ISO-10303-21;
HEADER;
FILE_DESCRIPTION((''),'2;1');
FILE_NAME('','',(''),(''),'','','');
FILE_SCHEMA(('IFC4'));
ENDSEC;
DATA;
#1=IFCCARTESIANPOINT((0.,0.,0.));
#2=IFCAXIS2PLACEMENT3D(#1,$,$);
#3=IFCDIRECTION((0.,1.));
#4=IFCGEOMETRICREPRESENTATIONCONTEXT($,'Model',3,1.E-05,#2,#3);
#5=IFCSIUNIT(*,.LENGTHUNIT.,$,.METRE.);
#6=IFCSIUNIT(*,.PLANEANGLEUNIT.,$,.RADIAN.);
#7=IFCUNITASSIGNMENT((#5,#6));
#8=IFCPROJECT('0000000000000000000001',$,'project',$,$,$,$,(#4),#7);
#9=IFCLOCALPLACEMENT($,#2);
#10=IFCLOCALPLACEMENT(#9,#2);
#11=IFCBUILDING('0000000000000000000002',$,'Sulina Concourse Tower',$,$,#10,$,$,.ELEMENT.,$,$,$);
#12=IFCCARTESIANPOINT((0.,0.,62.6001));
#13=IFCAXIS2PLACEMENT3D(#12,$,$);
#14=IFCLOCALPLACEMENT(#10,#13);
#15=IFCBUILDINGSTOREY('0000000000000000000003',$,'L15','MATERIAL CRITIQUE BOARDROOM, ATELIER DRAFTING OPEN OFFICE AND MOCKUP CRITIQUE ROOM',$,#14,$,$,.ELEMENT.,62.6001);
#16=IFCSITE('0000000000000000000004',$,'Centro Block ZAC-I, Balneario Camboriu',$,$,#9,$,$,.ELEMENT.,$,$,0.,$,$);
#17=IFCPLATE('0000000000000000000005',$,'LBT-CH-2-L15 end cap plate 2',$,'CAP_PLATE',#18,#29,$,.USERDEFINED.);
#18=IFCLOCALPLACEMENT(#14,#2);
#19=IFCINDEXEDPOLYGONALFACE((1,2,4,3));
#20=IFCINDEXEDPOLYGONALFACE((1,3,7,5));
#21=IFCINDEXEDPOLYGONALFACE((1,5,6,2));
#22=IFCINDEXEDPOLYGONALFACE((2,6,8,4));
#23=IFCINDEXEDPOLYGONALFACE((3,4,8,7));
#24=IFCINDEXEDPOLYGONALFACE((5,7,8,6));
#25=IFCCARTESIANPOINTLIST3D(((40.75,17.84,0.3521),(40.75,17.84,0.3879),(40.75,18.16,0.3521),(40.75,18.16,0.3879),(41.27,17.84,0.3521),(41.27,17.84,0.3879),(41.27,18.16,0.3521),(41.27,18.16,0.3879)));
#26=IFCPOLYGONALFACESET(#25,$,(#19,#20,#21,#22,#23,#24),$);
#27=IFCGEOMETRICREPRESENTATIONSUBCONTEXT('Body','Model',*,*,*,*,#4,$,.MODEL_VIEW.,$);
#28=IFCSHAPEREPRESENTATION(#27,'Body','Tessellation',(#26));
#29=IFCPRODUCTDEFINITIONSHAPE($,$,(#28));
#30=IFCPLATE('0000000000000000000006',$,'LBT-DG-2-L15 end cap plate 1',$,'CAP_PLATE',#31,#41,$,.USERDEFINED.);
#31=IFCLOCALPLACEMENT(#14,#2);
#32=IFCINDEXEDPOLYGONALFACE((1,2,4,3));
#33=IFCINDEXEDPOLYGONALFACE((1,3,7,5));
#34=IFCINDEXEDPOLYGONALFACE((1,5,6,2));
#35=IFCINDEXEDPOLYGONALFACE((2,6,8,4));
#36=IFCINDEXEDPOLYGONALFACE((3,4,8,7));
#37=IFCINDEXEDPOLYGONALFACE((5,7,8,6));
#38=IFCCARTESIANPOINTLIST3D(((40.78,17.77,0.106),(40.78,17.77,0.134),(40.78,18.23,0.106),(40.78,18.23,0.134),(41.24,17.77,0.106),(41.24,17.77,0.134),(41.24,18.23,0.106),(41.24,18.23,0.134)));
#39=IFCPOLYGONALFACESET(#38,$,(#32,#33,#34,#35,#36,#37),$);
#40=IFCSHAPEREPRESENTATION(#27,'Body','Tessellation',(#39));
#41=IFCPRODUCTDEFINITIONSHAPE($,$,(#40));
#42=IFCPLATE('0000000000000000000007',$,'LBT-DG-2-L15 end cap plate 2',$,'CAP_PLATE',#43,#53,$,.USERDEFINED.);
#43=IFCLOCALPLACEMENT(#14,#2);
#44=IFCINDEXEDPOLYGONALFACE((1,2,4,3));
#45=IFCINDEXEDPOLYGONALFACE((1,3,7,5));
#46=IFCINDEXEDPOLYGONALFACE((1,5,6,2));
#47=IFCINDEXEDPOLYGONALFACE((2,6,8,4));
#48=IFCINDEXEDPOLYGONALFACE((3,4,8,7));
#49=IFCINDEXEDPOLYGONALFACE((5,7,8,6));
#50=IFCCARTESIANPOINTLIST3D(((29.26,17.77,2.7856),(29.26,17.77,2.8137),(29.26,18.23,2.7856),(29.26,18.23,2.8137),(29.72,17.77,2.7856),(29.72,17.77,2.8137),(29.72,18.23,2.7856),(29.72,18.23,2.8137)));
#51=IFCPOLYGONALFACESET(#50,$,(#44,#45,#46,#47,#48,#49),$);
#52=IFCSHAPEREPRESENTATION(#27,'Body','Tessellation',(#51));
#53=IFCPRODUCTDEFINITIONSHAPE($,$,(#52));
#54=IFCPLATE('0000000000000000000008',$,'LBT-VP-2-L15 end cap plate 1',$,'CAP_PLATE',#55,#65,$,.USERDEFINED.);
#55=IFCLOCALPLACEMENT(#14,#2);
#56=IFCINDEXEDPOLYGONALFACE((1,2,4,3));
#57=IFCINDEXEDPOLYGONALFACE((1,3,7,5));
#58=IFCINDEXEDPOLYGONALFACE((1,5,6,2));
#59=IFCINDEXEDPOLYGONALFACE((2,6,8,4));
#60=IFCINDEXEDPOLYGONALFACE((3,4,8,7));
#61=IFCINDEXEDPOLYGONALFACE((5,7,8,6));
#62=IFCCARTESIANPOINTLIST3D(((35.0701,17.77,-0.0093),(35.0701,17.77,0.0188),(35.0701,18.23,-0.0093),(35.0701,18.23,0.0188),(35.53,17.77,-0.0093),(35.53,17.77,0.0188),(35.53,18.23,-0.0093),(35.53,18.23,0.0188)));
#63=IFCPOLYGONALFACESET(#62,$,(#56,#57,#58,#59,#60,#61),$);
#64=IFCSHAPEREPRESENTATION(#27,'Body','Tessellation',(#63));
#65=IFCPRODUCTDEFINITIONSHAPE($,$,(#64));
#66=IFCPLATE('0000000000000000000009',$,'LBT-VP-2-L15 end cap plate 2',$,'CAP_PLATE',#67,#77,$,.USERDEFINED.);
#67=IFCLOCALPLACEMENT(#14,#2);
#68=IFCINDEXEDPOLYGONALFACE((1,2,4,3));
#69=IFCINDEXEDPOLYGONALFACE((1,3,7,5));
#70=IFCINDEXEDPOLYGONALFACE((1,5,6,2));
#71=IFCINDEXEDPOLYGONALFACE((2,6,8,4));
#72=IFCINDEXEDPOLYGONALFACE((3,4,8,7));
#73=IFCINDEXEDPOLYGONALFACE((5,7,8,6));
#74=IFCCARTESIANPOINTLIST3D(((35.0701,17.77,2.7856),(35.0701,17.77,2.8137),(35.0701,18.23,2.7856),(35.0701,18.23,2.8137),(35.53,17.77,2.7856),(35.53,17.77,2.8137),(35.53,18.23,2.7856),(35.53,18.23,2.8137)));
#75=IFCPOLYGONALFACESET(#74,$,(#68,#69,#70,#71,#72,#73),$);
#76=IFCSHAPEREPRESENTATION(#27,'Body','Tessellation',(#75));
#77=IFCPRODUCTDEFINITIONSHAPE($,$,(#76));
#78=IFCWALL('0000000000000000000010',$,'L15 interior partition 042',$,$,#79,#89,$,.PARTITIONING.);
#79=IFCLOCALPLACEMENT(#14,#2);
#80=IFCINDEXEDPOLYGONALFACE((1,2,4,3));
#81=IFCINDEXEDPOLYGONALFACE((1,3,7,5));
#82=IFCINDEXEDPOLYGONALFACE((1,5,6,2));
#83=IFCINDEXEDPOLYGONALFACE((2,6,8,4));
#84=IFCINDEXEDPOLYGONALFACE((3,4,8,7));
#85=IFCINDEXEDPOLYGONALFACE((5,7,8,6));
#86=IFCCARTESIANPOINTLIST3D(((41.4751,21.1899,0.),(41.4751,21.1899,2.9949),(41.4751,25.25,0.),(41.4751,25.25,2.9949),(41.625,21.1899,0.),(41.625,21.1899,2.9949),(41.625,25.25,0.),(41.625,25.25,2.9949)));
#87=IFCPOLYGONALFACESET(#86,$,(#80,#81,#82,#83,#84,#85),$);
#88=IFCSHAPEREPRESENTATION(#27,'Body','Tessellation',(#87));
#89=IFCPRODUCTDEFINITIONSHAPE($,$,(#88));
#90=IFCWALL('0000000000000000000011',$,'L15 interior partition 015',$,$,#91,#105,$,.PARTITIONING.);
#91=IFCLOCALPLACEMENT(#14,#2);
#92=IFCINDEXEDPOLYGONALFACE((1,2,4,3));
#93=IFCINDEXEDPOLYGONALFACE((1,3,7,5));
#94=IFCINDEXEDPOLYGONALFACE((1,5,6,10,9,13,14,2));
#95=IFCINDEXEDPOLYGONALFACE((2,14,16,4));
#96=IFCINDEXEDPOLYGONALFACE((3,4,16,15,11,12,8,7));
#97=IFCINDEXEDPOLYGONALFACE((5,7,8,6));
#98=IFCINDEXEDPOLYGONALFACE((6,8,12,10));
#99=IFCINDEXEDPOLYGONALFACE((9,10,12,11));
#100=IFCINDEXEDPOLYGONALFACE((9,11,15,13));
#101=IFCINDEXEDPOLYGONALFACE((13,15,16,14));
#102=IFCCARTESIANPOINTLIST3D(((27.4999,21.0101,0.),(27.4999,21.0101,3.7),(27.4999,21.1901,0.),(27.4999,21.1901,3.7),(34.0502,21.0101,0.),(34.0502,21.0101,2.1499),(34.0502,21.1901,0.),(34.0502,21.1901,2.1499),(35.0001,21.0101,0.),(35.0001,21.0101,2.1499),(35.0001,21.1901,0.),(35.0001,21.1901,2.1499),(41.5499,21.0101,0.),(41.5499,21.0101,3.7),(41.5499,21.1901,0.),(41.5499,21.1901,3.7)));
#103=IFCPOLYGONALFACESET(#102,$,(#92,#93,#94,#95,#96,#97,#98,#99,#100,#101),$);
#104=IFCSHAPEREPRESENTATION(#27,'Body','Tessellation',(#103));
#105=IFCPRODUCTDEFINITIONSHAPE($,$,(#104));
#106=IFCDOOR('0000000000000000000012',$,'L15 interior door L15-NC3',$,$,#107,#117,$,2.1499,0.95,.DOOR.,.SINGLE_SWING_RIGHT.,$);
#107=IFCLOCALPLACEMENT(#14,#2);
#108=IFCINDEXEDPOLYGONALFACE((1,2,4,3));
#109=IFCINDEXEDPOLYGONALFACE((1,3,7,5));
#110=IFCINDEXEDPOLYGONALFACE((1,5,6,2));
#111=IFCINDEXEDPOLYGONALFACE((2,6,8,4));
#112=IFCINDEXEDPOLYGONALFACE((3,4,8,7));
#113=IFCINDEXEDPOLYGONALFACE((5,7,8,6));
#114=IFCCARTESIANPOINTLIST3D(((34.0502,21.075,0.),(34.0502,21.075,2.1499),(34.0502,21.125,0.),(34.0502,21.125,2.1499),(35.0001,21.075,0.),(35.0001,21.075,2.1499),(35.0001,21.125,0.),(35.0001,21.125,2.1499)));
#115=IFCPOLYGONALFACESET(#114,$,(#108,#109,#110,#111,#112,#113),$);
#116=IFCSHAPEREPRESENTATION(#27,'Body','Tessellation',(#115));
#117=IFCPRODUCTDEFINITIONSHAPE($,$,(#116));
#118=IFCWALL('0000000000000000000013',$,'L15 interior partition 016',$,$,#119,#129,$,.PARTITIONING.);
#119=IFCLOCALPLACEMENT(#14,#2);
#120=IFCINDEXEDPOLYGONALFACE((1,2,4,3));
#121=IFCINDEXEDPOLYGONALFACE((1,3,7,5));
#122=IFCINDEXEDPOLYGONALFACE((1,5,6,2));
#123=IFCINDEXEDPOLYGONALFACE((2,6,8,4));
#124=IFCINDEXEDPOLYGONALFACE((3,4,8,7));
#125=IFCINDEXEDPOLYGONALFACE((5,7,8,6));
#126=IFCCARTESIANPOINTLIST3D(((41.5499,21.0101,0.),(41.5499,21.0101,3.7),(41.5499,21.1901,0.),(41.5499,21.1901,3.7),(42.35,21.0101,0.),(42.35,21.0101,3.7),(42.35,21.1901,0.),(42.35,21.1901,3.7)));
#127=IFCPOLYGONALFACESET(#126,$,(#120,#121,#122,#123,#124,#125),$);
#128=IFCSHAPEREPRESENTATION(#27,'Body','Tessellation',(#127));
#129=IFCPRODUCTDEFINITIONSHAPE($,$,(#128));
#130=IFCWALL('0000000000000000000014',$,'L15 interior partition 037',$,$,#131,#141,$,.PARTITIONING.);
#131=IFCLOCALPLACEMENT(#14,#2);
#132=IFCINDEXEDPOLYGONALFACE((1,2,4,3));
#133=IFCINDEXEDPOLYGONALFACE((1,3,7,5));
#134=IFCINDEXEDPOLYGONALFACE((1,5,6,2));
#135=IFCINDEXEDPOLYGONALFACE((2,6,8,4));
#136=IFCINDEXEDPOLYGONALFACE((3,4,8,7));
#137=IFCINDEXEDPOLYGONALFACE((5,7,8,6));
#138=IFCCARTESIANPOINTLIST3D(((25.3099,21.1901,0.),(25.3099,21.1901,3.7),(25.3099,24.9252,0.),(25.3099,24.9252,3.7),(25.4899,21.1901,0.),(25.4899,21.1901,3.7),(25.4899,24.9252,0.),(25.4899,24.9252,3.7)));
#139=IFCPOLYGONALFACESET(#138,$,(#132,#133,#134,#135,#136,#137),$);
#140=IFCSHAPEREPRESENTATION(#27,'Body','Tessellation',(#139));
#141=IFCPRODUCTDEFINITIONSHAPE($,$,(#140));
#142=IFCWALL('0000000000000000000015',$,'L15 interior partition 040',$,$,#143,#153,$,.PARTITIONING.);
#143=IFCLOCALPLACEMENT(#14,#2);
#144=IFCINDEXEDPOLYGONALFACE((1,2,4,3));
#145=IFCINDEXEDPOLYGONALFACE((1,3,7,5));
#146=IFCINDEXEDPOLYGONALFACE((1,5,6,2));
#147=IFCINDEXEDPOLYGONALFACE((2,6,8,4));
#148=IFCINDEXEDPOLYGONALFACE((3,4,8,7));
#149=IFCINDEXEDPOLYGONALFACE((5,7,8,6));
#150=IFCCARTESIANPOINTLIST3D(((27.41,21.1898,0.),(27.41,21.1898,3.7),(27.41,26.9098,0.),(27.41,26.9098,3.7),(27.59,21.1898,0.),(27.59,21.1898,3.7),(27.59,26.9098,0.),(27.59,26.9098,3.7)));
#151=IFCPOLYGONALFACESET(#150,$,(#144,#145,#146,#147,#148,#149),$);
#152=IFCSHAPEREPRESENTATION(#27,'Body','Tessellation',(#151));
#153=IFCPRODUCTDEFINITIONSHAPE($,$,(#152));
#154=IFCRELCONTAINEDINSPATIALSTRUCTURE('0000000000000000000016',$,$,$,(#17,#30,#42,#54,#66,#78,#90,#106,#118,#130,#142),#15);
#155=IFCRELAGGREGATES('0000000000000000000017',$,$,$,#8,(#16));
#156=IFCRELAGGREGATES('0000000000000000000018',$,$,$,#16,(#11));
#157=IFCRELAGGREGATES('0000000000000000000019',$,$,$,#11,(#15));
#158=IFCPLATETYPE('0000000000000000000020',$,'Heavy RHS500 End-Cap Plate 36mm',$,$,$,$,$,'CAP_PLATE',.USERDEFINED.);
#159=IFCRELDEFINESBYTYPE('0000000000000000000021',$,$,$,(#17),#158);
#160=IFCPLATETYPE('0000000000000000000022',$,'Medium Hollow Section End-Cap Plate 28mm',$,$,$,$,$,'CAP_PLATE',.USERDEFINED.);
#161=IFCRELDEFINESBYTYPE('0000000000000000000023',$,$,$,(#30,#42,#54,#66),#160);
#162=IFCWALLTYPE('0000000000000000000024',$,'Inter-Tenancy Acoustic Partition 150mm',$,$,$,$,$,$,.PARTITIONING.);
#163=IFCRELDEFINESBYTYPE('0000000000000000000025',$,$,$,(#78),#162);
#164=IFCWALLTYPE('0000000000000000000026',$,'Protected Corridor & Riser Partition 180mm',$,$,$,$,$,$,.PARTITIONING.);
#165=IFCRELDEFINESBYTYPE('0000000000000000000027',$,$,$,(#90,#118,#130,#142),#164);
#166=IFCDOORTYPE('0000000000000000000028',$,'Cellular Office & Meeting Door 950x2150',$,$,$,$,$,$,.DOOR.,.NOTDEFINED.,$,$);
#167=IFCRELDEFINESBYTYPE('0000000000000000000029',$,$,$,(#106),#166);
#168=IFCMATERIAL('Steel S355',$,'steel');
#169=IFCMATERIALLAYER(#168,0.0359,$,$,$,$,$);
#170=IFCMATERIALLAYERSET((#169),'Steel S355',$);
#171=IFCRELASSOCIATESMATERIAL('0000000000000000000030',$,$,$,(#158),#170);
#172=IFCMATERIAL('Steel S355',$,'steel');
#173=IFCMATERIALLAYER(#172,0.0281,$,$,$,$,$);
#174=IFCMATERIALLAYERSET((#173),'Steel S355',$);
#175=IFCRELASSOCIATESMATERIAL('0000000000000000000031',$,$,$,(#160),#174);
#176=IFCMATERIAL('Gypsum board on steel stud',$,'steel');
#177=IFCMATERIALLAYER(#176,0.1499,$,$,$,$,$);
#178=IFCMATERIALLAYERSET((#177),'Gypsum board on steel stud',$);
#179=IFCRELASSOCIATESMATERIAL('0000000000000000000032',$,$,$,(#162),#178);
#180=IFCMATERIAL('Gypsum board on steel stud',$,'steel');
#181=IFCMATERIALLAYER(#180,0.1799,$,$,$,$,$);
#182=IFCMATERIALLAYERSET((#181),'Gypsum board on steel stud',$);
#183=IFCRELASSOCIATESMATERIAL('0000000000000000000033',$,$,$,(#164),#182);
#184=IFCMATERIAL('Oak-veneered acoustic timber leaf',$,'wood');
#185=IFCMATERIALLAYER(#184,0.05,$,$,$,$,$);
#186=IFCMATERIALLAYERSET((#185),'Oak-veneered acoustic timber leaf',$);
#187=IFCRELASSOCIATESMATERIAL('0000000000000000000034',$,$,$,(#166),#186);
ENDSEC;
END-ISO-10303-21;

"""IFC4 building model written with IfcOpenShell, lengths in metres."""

from ifc_helpers import new_model, si_unit, direction, frame, frame_2d, origin, origin_2d, place, context, subcontext, project, spatial, rectangle, extrude, material, layer, layer_set, type_object, element, fill, save


model = new_model("IFC4")

# Units and contexts
model_context = context("Model", 3, precision=1e-05, world=origin(), true_north=direction((0.0, 1.0)))
body_context = subcontext(model_context, "Body", "Model", "MODEL_VIEW")
ifc_project = project(units=[si_unit("LENGTHUNIT", "METRE"), si_unit("PLANEANGLEUNIT", "RADIAN")], contexts=[model_context])

# Site, building, storey
site_placement = place(None, origin())
site = spatial("IfcSite", under=ifc_project, at=site_placement, Name="Centro Block ZAC-I, Balneario Camboriu", CompositionType="ELEMENT", RefElevation=0.0)
building_placement = place(site_placement, origin())
building = spatial("IfcBuilding", under=site, at=building_placement, Name="Sulina Concourse Tower", CompositionType="ELEMENT")
storey_placement = place(building_placement, frame((0.0, 0.0, 62.6001)))
storey = spatial("IfcBuildingStorey", under=building, at=storey_placement, Name="L15", Description="MATERIAL CRITIQUE BOARDROOM, ATELIER DRAFTING OPEN OFFICE AND MOCKUP CRITIQUE ROOM", CompositionType="ELEMENT", Elevation=62.6001)

# Plates
ifc_material_1 = material(Name="Steel S355", Category="steel")
ifc_layer_1 = layer(ifc_material_1, 0.0359)
ifc_layer_set_1 = layer_set([ifc_layer_1], Name="Steel S355")
plate_type_1 = type_object("IfcPlateType", Name="Heavy RHS500 End-Cap Plate 36mm", ElementType="CAP_PLATE", PredefinedType="USERDEFINED", material=ifc_layer_set_1)
for number, where, z_axis, x_axis, name in (
    (1, (41.01, 18.0, 0.3521), (0.0, 0.0, 1.0), (1.0, 0.0, 0.0), "LBT-CH-2-L15 end cap plate 2"),
):
    element("IfcPlate", number, at=place(storey_placement, frame(where, z_axis=z_axis, x_axis=x_axis)), inside=storey, type_object=plate_type_1, Name=name, ObjectType="CAP_PLATE", PredefinedType="USERDEFINED", context=body_context, shape_type="SweptSolid", body=[
        extrude(rectangle(XDim=0.52, YDim=0.3201, at=origin_2d()), origin(), (0.0, 0.0, 1.0), 0.0359),
    ])
ifc_material_2 = material(Name="Steel S355", Category="steel")
ifc_layer_2 = layer(ifc_material_2, 0.0281)
ifc_layer_set_2 = layer_set([ifc_layer_2], Name="Steel S355")
plate_type_2 = type_object("IfcPlateType", Name="Medium Hollow Section End-Cap Plate 28mm", ElementType="CAP_PLATE", PredefinedType="USERDEFINED", material=ifc_layer_set_2)
for number, where, z_axis, x_axis, name in (
    (2, (41.01, 18.0, 0.106), (0.0, 0.0, 1.0), (1.0, 0.0, 0.0), "LBT-DG-2-L15 end cap plate 1"),
    (3, (29.49, 18.0, 2.7856), (0.0, 0.0, 1.0), (1.0, 0.0, 0.0), "LBT-DG-2-L15 end cap plate 2"),
    (4, (35.3, 18.0, -0.0093), (0.0, 0.0, 1.0), (1.0, 0.0, 0.0), "LBT-VP-2-L15 end cap plate 1"),
    (5, (35.3, 18.0, 2.7856), (0.0, 0.0, 1.0), (1.0, 0.0, 0.0), "LBT-VP-2-L15 end cap plate 2"),
):
    element("IfcPlate", number, at=place(storey_placement, frame(where, z_axis=z_axis, x_axis=x_axis)), inside=storey, type_object=plate_type_2, Name=name, ObjectType="CAP_PLATE", PredefinedType="USERDEFINED", context=body_context, shape_type="SweptSolid", body=[
        extrude(rectangle(XDim=0.46, YDim=0.46, at=origin_2d()), origin(), (0.0, 0.0, 1.0), 0.0281),
    ])

# Wall
ifc_material_3 = material(Name="Gypsum board on steel stud", Category="steel")
ifc_layer_3 = layer(ifc_material_3, 0.1499)
ifc_layer_set_3 = layer_set([ifc_layer_3], Name="Gypsum board on steel stud")
wall_type_1 = type_object("IfcWallType", Name="Inter-Tenancy Acoustic Partition 150mm", PredefinedType="PARTITIONING", material=ifc_layer_set_3)
wall_1_placement = place(storey_placement, frame((41.55, 21.1899, 0.0), z_axis=(0.0, 0.0, 1.0), x_axis=(0.0, 1.0, 0.0)))
element("IfcWall", 6, at=wall_1_placement, inside=storey, type_object=wall_type_1, Name="L15 interior partition 042", PredefinedType="PARTITIONING", context=body_context, shape_type="SweptSolid", body=[
    extrude(rectangle(XDim=4.0601, YDim=0.1499, at=frame_2d((2.03, 0.0))), origin(), (0.0, 0.0, 1.0), 2.9949),
])

# Wall, opening, door
ifc_material_4 = material(Name="Gypsum board on steel stud", Category="steel")
ifc_layer_4 = layer(ifc_material_4, 0.1799)
ifc_layer_set_4 = layer_set([ifc_layer_4], Name="Gypsum board on steel stud")
wall_type_2 = type_object("IfcWallType", Name="Protected Corridor & Riser Partition 180mm", PredefinedType="PARTITIONING", material=ifc_layer_set_4)
wall_2_placement = place(storey_placement, frame((27.5, 21.1001, 0.0), z_axis=(0.0, 0.0, 1.0), x_axis=(1.0, 0.0, 0.0)))
wall_2 = element("IfcWall", 7, at=wall_2_placement, inside=storey, type_object=wall_type_2, Name="L15 interior partition 015", PredefinedType="PARTITIONING", context=body_context, shape_type="SweptSolid", body=[
    extrude(rectangle(XDim=14.05, YDim=0.1799, at=frame_2d((7.0249, 0.0))), origin(), (0.0, 0.0, 1.0), 3.7),
])
opening_placement = place(wall_2_placement, frame((6.55, 0.0, 0.0)))
opening = element("IfcOpeningElement", 8, at=opening_placement, cuts=wall_2, PredefinedType="OPENING", context=body_context, shape_type="SweptSolid", body=[
    extrude(rectangle(XDim=0.95, YDim=2.1499, at=frame_2d((0.4751, 1.075))), frame((0.0, 0.0999, 0.0), z_axis=(0.0, -1.0, 0.0), x_axis=(1.0, 0.0, 0.0)), (0.0, 0.0, 1.0), 0.2),
])
ifc_material_5 = material(Name="Oak-veneered acoustic timber leaf", Category="wood")
ifc_layer_5 = layer(ifc_material_5, 0.05)
ifc_layer_set_5 = layer_set([ifc_layer_5], Name="Oak-veneered acoustic timber leaf")
door_type = type_object("IfcDoorType", Name="Cellular Office & Meeting Door 950x2150", OperationType="NOTDEFINED", PredefinedType="DOOR", material=ifc_layer_set_5)
door_placement = place(opening_placement, origin())
door = element("IfcDoor", 9, at=door_placement, inside=storey, type_object=door_type, Name="L15 interior door L15-NC3", OperationType="SINGLE_SWING_RIGHT", OverallHeight=2.1499, OverallWidth=0.95, PredefinedType="DOOR", context=body_context, shape_type="SweptSolid", body=[
    extrude(rectangle(XDim=0.95, YDim=2.1499, at=frame_2d((0.4751, 1.075))), frame((0.0, 0.0249, 0.0), z_axis=(0.0, -1.0, 0.0), x_axis=(1.0, 0.0, 0.0)), (0.0, 0.0, 1.0), 0.05),
])
fill(opening, door)

# Walls
wall_3_placement = place(storey_placement, frame((41.55, 21.1001, 0.0), z_axis=(0.0, 0.0, 1.0), x_axis=(1.0, 0.0, 0.0)))
element("IfcWall", 10, at=wall_3_placement, inside=storey, type_object=wall_type_2, Name="L15 interior partition 016", PredefinedType="PARTITIONING", context=body_context, shape_type="SweptSolid", body=[
    extrude(rectangle(XDim=0.8, YDim=0.1799, at=frame_2d((0.3999, 0.0))), origin(), (0.0, 0.0, 1.0), 3.7),
])
wall_4_placement = place(storey_placement, frame((25.3999, 21.1899, 0.0), z_axis=(0.0, 0.0, 1.0), x_axis=(0.0, 1.0, 0.0)))
element("IfcWall", 11, at=wall_4_placement, inside=storey, type_object=wall_type_2, Name="L15 interior partition 037", PredefinedType="PARTITIONING", context=body_context, shape_type="SweptSolid", body=[
    extrude(rectangle(XDim=3.7351, YDim=0.1799, at=frame_2d((1.8677, 0.0))), origin(), (0.0, 0.0, 1.0), 3.7),
])
wall_5_placement = place(storey_placement, frame((27.5, 21.1899, 0.0), z_axis=(0.0, 0.0, 1.0), x_axis=(0.0, 1.0, 0.0)))
element("IfcWall", 12, at=wall_5_placement, inside=storey, type_object=wall_type_2, Name="L15 interior partition 040", PredefinedType="PARTITIONING", context=body_context, shape_type="SweptSolid", body=[
    extrude(rectangle(XDim=5.72, YDim=0.1799, at=frame_2d((2.8599, 0.0))), origin(), (0.0, 0.0, 1.0), 3.7),
])

save(model, "model.ifc")
